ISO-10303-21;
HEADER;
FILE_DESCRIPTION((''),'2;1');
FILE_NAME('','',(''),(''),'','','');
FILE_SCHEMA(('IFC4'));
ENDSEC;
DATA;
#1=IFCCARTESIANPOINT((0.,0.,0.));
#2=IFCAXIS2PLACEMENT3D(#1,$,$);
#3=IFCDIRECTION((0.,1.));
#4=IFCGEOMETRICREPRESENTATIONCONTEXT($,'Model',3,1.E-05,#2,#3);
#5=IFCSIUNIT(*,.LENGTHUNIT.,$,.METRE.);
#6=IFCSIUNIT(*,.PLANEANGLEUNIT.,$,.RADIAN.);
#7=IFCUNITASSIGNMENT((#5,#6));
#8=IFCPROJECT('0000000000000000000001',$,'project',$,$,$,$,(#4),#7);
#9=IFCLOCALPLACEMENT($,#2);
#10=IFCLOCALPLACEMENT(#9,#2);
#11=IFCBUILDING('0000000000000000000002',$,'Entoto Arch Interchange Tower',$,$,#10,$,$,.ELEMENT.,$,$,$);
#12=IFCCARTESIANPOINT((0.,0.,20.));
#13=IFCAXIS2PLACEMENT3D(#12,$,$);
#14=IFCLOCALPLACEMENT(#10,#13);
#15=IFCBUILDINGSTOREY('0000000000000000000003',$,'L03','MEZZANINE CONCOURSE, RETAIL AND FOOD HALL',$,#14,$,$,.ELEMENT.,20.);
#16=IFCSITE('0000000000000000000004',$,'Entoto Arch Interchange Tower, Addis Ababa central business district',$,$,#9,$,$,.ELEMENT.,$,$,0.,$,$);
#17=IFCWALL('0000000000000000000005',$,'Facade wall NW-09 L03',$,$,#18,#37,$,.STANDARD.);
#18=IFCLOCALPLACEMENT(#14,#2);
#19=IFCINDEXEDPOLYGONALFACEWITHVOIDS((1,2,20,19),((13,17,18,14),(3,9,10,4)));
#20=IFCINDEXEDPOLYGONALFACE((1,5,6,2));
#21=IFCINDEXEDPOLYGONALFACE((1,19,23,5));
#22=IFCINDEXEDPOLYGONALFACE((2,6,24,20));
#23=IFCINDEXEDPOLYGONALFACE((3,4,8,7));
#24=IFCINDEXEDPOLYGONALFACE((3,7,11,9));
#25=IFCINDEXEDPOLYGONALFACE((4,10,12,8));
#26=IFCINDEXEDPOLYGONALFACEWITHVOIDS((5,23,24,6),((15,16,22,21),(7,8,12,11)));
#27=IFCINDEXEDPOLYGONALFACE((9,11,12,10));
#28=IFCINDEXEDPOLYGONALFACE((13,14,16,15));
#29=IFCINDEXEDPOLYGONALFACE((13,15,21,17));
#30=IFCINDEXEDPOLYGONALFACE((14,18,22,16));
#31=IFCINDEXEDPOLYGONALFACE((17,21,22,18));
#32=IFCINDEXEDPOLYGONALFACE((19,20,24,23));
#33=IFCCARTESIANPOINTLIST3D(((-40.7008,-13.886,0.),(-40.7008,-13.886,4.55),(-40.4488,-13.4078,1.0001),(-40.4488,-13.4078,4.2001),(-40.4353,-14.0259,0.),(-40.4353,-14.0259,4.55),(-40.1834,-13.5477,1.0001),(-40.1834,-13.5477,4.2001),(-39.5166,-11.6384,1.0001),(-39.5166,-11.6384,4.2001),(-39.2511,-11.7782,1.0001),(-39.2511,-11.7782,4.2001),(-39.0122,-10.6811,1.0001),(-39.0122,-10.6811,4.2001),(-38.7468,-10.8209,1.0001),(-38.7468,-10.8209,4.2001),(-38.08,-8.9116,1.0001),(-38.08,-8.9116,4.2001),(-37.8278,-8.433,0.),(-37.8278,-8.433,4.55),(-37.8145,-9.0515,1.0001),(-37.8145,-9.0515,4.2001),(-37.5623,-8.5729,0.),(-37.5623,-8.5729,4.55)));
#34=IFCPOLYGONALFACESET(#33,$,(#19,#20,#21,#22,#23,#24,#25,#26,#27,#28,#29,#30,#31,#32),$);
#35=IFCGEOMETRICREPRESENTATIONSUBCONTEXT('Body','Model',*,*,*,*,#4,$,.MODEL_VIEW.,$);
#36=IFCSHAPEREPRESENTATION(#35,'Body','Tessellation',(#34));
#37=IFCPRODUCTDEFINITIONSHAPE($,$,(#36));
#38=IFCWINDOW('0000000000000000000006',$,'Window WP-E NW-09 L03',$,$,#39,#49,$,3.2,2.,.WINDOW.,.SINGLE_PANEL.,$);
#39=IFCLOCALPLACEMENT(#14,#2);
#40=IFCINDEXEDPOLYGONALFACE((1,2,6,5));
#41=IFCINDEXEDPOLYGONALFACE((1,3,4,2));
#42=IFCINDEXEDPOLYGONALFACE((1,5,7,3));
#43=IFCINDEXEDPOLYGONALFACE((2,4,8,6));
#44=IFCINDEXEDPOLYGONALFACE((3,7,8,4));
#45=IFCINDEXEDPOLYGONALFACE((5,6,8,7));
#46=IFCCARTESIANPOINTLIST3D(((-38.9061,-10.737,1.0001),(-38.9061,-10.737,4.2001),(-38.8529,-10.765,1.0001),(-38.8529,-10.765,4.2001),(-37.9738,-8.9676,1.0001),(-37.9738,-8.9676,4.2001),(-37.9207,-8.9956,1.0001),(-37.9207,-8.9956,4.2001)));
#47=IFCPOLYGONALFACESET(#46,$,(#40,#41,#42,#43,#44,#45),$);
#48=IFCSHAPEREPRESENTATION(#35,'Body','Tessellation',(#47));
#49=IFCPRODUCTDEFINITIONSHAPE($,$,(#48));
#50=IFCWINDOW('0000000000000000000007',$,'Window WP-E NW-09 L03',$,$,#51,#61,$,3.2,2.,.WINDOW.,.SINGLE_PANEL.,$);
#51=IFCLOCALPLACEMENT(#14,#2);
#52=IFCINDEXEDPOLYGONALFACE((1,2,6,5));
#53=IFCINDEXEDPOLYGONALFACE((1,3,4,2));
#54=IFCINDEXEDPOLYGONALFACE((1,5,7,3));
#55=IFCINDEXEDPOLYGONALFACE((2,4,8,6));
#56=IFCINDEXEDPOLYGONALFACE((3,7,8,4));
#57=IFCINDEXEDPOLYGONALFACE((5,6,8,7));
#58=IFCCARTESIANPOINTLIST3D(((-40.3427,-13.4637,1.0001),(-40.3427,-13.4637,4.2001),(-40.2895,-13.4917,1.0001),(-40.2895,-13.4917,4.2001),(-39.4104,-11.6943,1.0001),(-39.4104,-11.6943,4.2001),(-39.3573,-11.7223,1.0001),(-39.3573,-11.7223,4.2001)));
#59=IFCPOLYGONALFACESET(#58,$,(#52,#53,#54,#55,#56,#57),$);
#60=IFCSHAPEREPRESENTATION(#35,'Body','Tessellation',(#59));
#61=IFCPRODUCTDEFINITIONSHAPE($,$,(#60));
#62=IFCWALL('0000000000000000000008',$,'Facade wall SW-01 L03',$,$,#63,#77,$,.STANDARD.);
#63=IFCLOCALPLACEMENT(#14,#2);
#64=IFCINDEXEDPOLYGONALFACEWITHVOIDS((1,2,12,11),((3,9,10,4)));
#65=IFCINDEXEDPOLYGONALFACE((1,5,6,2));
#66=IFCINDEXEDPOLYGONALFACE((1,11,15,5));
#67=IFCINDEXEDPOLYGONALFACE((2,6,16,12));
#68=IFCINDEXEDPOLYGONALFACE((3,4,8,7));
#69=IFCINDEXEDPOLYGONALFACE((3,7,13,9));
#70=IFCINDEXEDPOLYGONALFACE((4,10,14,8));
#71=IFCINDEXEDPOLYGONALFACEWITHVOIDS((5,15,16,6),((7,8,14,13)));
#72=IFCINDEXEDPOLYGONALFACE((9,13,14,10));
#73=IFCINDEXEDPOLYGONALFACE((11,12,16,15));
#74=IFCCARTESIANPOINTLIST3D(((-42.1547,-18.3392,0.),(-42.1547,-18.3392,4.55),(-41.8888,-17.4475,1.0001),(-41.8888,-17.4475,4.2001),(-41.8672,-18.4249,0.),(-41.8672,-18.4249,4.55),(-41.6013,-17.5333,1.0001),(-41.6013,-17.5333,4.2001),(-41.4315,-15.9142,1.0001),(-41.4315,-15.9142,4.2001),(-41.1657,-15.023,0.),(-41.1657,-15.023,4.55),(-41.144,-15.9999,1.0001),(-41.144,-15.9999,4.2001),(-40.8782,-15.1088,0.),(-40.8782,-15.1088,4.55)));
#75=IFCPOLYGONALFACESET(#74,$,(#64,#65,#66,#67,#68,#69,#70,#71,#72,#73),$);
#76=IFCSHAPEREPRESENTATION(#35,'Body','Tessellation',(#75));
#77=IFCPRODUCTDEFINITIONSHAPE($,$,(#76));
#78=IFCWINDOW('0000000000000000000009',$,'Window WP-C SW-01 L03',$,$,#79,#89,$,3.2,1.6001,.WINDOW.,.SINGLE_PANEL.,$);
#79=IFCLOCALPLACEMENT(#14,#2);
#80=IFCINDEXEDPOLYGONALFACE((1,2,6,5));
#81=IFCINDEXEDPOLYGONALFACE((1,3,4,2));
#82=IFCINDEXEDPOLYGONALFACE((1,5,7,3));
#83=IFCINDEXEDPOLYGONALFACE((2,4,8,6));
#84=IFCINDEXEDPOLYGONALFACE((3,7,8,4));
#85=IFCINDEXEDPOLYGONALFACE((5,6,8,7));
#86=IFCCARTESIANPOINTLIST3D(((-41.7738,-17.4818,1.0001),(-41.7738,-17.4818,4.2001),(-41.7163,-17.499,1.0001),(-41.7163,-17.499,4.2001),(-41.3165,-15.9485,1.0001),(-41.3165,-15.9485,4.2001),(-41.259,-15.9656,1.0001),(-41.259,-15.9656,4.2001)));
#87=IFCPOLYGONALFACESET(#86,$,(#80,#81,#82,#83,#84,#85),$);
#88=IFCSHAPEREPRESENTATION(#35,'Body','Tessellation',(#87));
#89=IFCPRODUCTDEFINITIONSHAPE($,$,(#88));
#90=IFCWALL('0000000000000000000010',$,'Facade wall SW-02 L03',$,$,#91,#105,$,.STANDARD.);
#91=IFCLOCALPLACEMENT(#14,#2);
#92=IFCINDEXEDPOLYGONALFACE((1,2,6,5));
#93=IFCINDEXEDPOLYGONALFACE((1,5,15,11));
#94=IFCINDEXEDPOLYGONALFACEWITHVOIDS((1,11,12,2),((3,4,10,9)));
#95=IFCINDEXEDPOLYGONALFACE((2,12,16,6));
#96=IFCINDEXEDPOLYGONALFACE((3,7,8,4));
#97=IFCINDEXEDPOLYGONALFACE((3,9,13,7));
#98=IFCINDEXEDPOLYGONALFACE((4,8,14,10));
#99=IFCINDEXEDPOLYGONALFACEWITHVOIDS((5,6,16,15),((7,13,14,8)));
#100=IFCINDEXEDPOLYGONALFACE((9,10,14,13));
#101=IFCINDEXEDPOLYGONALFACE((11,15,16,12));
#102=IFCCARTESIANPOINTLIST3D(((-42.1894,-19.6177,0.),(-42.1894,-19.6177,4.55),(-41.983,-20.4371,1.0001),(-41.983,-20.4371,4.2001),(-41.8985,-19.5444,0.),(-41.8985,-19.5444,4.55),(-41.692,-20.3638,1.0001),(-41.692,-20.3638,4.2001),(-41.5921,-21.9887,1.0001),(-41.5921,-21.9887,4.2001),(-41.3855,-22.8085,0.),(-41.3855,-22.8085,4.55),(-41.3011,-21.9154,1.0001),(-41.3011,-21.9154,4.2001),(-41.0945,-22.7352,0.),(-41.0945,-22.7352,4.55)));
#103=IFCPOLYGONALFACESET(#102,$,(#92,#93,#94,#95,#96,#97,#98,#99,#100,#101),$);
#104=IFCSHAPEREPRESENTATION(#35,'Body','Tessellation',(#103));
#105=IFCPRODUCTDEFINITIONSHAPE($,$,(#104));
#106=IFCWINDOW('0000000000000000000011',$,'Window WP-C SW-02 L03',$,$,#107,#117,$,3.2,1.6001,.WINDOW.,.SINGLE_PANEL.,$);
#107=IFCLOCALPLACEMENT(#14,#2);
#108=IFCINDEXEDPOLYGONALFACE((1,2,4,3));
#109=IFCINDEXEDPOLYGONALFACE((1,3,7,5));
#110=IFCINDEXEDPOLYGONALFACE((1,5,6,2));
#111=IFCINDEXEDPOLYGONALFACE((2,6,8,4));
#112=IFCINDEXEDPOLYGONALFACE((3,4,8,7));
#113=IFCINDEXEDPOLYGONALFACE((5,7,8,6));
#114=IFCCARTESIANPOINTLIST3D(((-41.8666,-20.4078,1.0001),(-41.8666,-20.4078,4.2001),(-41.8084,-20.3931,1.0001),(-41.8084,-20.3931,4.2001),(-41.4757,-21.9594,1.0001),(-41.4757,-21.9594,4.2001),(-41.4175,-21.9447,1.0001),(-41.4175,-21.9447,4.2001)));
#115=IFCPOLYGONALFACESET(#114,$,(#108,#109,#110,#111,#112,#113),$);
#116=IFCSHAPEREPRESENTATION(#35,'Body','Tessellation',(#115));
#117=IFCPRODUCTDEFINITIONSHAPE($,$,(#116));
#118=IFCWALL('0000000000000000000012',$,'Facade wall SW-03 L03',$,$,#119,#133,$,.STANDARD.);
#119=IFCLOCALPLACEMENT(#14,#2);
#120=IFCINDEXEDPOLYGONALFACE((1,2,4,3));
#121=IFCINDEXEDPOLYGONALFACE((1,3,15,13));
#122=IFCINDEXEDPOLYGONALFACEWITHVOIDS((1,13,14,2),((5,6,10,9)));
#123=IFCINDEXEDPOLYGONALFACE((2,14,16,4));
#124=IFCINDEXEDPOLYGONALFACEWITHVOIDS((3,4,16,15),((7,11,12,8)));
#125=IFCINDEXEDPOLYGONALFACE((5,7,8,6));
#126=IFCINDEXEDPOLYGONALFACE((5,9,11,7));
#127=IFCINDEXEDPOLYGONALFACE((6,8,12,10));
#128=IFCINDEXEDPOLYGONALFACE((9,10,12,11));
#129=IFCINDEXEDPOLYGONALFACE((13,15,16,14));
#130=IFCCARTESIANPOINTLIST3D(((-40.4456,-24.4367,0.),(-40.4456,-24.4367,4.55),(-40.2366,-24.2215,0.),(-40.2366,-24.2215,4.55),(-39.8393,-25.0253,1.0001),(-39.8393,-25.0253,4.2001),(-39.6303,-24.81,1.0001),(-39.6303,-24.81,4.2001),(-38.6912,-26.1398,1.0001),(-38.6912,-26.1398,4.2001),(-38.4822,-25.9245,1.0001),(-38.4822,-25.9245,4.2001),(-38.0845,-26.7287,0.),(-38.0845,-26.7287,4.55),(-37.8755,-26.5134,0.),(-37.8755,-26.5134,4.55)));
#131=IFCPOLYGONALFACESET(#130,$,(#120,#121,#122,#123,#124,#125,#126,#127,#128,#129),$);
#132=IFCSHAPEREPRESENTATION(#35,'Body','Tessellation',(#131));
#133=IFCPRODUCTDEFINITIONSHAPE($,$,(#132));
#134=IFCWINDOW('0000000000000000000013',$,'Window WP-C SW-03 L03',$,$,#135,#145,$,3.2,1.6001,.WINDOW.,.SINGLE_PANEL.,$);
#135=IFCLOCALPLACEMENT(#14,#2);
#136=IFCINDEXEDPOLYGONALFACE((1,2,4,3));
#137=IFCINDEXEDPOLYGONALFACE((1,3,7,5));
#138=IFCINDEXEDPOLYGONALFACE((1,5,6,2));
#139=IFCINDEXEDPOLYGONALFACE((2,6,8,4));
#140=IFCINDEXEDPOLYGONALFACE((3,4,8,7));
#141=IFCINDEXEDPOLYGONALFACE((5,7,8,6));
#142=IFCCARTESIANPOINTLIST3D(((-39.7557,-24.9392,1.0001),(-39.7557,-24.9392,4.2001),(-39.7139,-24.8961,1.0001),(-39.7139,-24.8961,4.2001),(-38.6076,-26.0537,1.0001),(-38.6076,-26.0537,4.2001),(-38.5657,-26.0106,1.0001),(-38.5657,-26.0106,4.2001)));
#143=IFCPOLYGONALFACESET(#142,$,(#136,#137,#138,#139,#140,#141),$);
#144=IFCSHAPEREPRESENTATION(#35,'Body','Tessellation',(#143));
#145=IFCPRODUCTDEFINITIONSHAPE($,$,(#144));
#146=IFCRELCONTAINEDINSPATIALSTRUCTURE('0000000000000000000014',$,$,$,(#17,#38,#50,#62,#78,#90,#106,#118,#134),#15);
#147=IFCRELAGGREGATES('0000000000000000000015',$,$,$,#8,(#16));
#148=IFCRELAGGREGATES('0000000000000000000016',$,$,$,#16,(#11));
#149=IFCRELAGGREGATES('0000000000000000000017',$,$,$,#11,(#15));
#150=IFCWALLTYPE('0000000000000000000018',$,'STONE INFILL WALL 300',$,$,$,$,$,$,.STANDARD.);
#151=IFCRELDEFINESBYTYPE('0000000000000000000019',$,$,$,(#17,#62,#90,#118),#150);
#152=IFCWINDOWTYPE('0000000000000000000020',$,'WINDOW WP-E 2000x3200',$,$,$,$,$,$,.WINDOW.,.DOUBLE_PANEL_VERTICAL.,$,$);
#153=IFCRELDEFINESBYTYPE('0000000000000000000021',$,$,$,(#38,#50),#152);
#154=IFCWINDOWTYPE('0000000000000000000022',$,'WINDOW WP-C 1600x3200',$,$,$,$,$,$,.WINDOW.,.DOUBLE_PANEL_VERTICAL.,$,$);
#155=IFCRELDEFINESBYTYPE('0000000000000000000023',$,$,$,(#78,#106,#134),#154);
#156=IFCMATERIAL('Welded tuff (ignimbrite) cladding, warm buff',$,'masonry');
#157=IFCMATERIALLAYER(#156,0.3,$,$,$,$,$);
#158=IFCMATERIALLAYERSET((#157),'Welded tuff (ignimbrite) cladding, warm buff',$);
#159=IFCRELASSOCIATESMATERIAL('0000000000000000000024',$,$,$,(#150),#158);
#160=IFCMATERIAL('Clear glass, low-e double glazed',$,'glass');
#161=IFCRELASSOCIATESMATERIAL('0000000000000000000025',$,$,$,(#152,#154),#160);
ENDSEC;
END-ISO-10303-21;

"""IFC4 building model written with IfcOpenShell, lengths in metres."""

from ifc_helpers import new_model, si_unit, direction, frame, frame_2d, origin, place, context, subcontext, project, spatial, rectangle, extrude, material, layer, layer_set, type_object, element, fill, save


model = new_model("IFC4")

# Units and contexts
model_context = context("Model", 3, precision=1e-05, world=origin(), true_north=direction((0.0, 1.0)))
body_context = subcontext(model_context, "Body", "Model", "MODEL_VIEW")
ifc_project = project(units=[si_unit("LENGTHUNIT", "METRE"), si_unit("PLANEANGLEUNIT", "RADIAN")], contexts=[model_context])

# Site, building, storey
site_placement = place(None, origin())
site = spatial("IfcSite", under=ifc_project, at=site_placement, Name="Entoto Arch Interchange Tower, Addis Ababa central business district", CompositionType="ELEMENT", RefElevation=0.0)
building_placement = place(site_placement, origin())
building = spatial("IfcBuilding", under=site, at=building_placement, Name="Entoto Arch Interchange Tower", CompositionType="ELEMENT")
storey_placement = place(building_placement, frame((0.0, 0.0, 20.0)))
storey = spatial("IfcBuildingStorey", under=building, at=storey_placement, Name="L03", Description="MEZZANINE CONCOURSE, RETAIL AND FOOD HALL", CompositionType="ELEMENT", Elevation=20.0)

# Wall, openings, windows
ifc_material_1 = material(Name="Welded tuff (ignimbrite) cladding, warm buff", Category="masonry")
ifc_layer_1 = layer(ifc_material_1, 0.3)
ifc_layer_set_1 = layer_set([ifc_layer_1], Name="Welded tuff (ignimbrite) cladding, warm buff")
wall_type_1 = type_object("IfcWallType", Name="STONE INFILL WALL 300", PredefinedType="STANDARD", material=ifc_layer_set_1)
ifc_material_2 = material(Name="Clear glass, low-e double glazed", Category="glass")
window_type_1 = type_object("IfcWindowType", Name="WINDOW WP-E 2000x3200", PartitioningType="DOUBLE_PANEL_VERTICAL", PredefinedType="WINDOW", material=ifc_material_2)
wall_1_placement = place(storey_placement, frame((-37.6951, -8.5029, 0.0), z_axis=(0.0, 0.0, 1.0), x_axis=(-0.466125, -0.884719, 0.0)))
wall_1 = element("IfcWall", 1, at=wall_1_placement, inside=storey, type_object=wall_type_1, Name="Facade wall NW-09 L03", PredefinedType="STANDARD", context=body_context, shape_type="SweptSolid", body=[
    extrude(rectangle(XDim=6.1636, YDim=0.3, at=frame_2d((3.0818, 0.0))), origin(), (0.0, 0.0, 1.0), 4.55),
])
opening_1_placement = place(wall_1_placement, frame((0.541, 0.0, 1.0)))
opening_1 = element("IfcOpeningElement", 2, at=opening_1_placement, cuts=wall_1, PredefinedType="OPENING", context=body_context, shape_type="SweptSolid", body=[
    extrude(rectangle(XDim=2.0, YDim=3.2, at=frame_2d((1.0, 1.6001))), frame((0.0, 0.1602, 0.0), z_axis=(0.0, -1.0, 0.0), x_axis=(1.0, 0.0, 0.0)), (0.0, 0.0, 1.0), 0.3201),
])
opening_2_placement = place(wall_1_placement, frame((3.623, 0.0, 1.0)))
opening_2 = element("IfcOpeningElement", 3, at=opening_2_placement, cuts=wall_1, PredefinedType="OPENING", context=body_context, shape_type="SweptSolid", body=[
    extrude(rectangle(XDim=2.0, YDim=3.2, at=frame_2d((1.0, 1.6001))), frame((0.0, 0.1602, 0.0), z_axis=(0.0, -1.0, 0.0), x_axis=(1.0, 0.0, 0.0)), (0.0, 0.0, 1.0), 0.3201),
])
window_1_placement = place(opening_1_placement, origin())
window_1 = element("IfcWindow", 4, at=window_1_placement, inside=storey, type_object=window_type_1, Name="Window WP-E NW-09 L03", OverallHeight=3.2, OverallWidth=2.0, PartitioningType="SINGLE_PANEL", PredefinedType="WINDOW", context=body_context, shape_type="SweptSolid", body=[
    extrude(rectangle(XDim=2.0, YDim=3.2, at=frame_2d((1.0, 1.6001))), frame((0.0, 0.03, 0.0), z_axis=(0.0, -1.0, 0.0), x_axis=(1.0, 0.0, 0.0)), (0.0, 0.0, 1.0), 0.0601),
])
fill(opening_1, window_1)
window_2_placement = place(opening_2_placement, origin())
window_2 = element("IfcWindow", 5, at=window_2_placement, inside=storey, type_object=window_type_1, Name="Window WP-E NW-09 L03", OverallHeight=3.2, OverallWidth=2.0, PartitioningType="SINGLE_PANEL", PredefinedType="WINDOW", context=body_context, shape_type="SweptSolid", body=[
    extrude(rectangle(XDim=2.0, YDim=3.2, at=frame_2d((1.0, 1.6001))), frame((0.0, 0.03, 0.0), z_axis=(0.0, -1.0, 0.0), x_axis=(1.0, 0.0, 0.0)), (0.0, 0.0, 1.0), 0.0601),
])
fill(opening_2, window_2)

# Walls, openings, windows
wall_2_placement = place(storey_placement, frame((-41.022, -15.0659, 0.0), z_axis=(0.0, 0.0, 1.0), x_axis=(-0.285801, -0.958289, 0.0)))
wall_2 = element("IfcWall", 6, at=wall_2_placement, inside=storey, type_object=wall_type_1, Name="Facade wall SW-01 L03", PredefinedType="STANDARD", context=body_context, shape_type="SweptSolid", body=[
    extrude(rectangle(XDim=3.4604, YDim=0.3, at=frame_2d((1.7302, 0.0))), origin(), (0.0, 0.0, 1.0), 4.55),
])
opening_3_placement = place(wall_2_placement, frame((0.9299, 0.0, 1.0)))
opening_3 = element("IfcOpeningElement", 7, at=opening_3_placement, cuts=wall_2, PredefinedType="OPENING", context=body_context, shape_type="SweptSolid", body=[
    extrude(rectangle(XDim=1.6001, YDim=3.2, at=frame_2d((0.8, 1.6001))), frame((0.0, 0.1602, 0.0), z_axis=(0.0, -1.0, 0.0), x_axis=(1.0, 0.0, 0.0)), (0.0, 0.0, 1.0), 0.3201),
])
window_type_2 = type_object("IfcWindowType", Name="WINDOW WP-C 1600x3200", PartitioningType="DOUBLE_PANEL_VERTICAL", PredefinedType="WINDOW", material=ifc_material_2)
window_3_placement = place(opening_3_placement, origin())
window_3 = element("IfcWindow", 8, at=window_3_placement, inside=storey, type_object=window_type_2, Name="Window WP-C SW-01 L03", OverallHeight=3.2, OverallWidth=1.6001, PartitioningType="SINGLE_PANEL", PredefinedType="WINDOW", context=body_context, shape_type="SweptSolid", body=[
    extrude(rectangle(XDim=1.6001, YDim=3.2, at=frame_2d((0.8, 1.6001))), frame((0.0, 0.03, 0.0), z_axis=(0.0, -1.0, 0.0), x_axis=(1.0, 0.0, 0.0)), (0.0, 0.0, 1.0), 0.0601),
])
fill(opening_3, window_3)
wall_3_placement = place(storey_placement, frame((-42.0439, -19.5811, 0.0), z_axis=(0.0, 0.0, 1.0), x_axis=(0.244316, -0.969696, 0.0)))
wall_3 = element("IfcWall", 9, at=wall_3_placement, inside=storey, type_object=wall_type_1, Name="Facade wall SW-02 L03", PredefinedType="STANDARD", context=body_context, shape_type="SweptSolid", body=[
    extrude(rectangle(XDim=3.2905, YDim=0.3, at=frame_2d((1.6453, 0.0))), origin(), (0.0, 0.0, 1.0), 4.55),
])
opening_4_placement = place(wall_3_placement, frame((0.845, 0.0, 1.0)))
opening_4 = element("IfcOpeningElement", 10, at=opening_4_placement, cuts=wall_3, PredefinedType="OPENING", context=body_context, shape_type="SweptSolid", body=[
    extrude(rectangle(XDim=1.6001, YDim=3.2, at=frame_2d((0.8, 1.6001))), frame((0.0, 0.1602, 0.0), z_axis=(0.0, -1.0, 0.0), x_axis=(1.0, 0.0, 0.0)), (0.0, 0.0, 1.0), 0.3201),
])
window_4_placement = place(opening_4_placement, origin())
window_4 = element("IfcWindow", 11, at=window_4_placement, inside=storey, type_object=window_type_2, Name="Window WP-C SW-02 L03", OverallHeight=3.2, OverallWidth=1.6001, PartitioningType="SINGLE_PANEL", PredefinedType="WINDOW", context=body_context, shape_type="SweptSolid", body=[
    extrude(rectangle(XDim=1.6001, YDim=3.2, at=frame_2d((0.8, 1.6001))), frame((0.0, 0.03, 0.0), z_axis=(0.0, -1.0, 0.0), x_axis=(1.0, 0.0, 0.0)), (0.0, 0.0, 1.0), 0.0601),
])
fill(opening_4, window_4)
wall_4_placement = place(storey_placement, frame((-40.3411, -24.3291, 0.0), z_axis=(0.0, 0.0, 1.0), x_axis=(0.717527, -0.69653, 0.0)))
wall_4 = element("IfcWall", 12, at=wall_4_placement, inside=storey, type_object=wall_type_1, Name="Facade wall SW-03 L03", PredefinedType="STANDARD", context=body_context, shape_type="SweptSolid", body=[
    extrude(rectangle(XDim=3.2905, YDim=0.3, at=frame_2d((1.6453, 0.0))), origin(), (0.0, 0.0, 1.0), 4.55),
])
opening_5_placement = place(wall_4_placement, frame((0.845, 0.0, 1.0)))
opening_5 = element("IfcOpeningElement", 13, at=opening_5_placement, cuts=wall_4, PredefinedType="OPENING", context=body_context, shape_type="SweptSolid", body=[
    extrude(rectangle(XDim=1.6001, YDim=3.2, at=frame_2d((0.8, 1.6001))), frame((0.0, 0.1602, 0.0), z_axis=(0.0, -1.0, 0.0), x_axis=(1.0, 0.0, 0.0)), (0.0, 0.0, 1.0), 0.3201),
])
window_5_placement = place(opening_5_placement, origin())
window_5 = element("IfcWindow", 14, at=window_5_placement, inside=storey, type_object=window_type_2, Name="Window WP-C SW-03 L03", OverallHeight=3.2, OverallWidth=1.6001, PartitioningType="SINGLE_PANEL", PredefinedType="WINDOW", context=body_context, shape_type="SweptSolid", body=[
    extrude(rectangle(XDim=1.6001, YDim=3.2, at=frame_2d((0.8, 1.6001))), frame((0.0, 0.03, 0.0), z_axis=(0.0, -1.0, 0.0), x_axis=(1.0, 0.0, 0.0)), (0.0, 0.0, 1.0), 0.0601),
])
fill(opening_5, window_5)

save(model, "model.ifc")
